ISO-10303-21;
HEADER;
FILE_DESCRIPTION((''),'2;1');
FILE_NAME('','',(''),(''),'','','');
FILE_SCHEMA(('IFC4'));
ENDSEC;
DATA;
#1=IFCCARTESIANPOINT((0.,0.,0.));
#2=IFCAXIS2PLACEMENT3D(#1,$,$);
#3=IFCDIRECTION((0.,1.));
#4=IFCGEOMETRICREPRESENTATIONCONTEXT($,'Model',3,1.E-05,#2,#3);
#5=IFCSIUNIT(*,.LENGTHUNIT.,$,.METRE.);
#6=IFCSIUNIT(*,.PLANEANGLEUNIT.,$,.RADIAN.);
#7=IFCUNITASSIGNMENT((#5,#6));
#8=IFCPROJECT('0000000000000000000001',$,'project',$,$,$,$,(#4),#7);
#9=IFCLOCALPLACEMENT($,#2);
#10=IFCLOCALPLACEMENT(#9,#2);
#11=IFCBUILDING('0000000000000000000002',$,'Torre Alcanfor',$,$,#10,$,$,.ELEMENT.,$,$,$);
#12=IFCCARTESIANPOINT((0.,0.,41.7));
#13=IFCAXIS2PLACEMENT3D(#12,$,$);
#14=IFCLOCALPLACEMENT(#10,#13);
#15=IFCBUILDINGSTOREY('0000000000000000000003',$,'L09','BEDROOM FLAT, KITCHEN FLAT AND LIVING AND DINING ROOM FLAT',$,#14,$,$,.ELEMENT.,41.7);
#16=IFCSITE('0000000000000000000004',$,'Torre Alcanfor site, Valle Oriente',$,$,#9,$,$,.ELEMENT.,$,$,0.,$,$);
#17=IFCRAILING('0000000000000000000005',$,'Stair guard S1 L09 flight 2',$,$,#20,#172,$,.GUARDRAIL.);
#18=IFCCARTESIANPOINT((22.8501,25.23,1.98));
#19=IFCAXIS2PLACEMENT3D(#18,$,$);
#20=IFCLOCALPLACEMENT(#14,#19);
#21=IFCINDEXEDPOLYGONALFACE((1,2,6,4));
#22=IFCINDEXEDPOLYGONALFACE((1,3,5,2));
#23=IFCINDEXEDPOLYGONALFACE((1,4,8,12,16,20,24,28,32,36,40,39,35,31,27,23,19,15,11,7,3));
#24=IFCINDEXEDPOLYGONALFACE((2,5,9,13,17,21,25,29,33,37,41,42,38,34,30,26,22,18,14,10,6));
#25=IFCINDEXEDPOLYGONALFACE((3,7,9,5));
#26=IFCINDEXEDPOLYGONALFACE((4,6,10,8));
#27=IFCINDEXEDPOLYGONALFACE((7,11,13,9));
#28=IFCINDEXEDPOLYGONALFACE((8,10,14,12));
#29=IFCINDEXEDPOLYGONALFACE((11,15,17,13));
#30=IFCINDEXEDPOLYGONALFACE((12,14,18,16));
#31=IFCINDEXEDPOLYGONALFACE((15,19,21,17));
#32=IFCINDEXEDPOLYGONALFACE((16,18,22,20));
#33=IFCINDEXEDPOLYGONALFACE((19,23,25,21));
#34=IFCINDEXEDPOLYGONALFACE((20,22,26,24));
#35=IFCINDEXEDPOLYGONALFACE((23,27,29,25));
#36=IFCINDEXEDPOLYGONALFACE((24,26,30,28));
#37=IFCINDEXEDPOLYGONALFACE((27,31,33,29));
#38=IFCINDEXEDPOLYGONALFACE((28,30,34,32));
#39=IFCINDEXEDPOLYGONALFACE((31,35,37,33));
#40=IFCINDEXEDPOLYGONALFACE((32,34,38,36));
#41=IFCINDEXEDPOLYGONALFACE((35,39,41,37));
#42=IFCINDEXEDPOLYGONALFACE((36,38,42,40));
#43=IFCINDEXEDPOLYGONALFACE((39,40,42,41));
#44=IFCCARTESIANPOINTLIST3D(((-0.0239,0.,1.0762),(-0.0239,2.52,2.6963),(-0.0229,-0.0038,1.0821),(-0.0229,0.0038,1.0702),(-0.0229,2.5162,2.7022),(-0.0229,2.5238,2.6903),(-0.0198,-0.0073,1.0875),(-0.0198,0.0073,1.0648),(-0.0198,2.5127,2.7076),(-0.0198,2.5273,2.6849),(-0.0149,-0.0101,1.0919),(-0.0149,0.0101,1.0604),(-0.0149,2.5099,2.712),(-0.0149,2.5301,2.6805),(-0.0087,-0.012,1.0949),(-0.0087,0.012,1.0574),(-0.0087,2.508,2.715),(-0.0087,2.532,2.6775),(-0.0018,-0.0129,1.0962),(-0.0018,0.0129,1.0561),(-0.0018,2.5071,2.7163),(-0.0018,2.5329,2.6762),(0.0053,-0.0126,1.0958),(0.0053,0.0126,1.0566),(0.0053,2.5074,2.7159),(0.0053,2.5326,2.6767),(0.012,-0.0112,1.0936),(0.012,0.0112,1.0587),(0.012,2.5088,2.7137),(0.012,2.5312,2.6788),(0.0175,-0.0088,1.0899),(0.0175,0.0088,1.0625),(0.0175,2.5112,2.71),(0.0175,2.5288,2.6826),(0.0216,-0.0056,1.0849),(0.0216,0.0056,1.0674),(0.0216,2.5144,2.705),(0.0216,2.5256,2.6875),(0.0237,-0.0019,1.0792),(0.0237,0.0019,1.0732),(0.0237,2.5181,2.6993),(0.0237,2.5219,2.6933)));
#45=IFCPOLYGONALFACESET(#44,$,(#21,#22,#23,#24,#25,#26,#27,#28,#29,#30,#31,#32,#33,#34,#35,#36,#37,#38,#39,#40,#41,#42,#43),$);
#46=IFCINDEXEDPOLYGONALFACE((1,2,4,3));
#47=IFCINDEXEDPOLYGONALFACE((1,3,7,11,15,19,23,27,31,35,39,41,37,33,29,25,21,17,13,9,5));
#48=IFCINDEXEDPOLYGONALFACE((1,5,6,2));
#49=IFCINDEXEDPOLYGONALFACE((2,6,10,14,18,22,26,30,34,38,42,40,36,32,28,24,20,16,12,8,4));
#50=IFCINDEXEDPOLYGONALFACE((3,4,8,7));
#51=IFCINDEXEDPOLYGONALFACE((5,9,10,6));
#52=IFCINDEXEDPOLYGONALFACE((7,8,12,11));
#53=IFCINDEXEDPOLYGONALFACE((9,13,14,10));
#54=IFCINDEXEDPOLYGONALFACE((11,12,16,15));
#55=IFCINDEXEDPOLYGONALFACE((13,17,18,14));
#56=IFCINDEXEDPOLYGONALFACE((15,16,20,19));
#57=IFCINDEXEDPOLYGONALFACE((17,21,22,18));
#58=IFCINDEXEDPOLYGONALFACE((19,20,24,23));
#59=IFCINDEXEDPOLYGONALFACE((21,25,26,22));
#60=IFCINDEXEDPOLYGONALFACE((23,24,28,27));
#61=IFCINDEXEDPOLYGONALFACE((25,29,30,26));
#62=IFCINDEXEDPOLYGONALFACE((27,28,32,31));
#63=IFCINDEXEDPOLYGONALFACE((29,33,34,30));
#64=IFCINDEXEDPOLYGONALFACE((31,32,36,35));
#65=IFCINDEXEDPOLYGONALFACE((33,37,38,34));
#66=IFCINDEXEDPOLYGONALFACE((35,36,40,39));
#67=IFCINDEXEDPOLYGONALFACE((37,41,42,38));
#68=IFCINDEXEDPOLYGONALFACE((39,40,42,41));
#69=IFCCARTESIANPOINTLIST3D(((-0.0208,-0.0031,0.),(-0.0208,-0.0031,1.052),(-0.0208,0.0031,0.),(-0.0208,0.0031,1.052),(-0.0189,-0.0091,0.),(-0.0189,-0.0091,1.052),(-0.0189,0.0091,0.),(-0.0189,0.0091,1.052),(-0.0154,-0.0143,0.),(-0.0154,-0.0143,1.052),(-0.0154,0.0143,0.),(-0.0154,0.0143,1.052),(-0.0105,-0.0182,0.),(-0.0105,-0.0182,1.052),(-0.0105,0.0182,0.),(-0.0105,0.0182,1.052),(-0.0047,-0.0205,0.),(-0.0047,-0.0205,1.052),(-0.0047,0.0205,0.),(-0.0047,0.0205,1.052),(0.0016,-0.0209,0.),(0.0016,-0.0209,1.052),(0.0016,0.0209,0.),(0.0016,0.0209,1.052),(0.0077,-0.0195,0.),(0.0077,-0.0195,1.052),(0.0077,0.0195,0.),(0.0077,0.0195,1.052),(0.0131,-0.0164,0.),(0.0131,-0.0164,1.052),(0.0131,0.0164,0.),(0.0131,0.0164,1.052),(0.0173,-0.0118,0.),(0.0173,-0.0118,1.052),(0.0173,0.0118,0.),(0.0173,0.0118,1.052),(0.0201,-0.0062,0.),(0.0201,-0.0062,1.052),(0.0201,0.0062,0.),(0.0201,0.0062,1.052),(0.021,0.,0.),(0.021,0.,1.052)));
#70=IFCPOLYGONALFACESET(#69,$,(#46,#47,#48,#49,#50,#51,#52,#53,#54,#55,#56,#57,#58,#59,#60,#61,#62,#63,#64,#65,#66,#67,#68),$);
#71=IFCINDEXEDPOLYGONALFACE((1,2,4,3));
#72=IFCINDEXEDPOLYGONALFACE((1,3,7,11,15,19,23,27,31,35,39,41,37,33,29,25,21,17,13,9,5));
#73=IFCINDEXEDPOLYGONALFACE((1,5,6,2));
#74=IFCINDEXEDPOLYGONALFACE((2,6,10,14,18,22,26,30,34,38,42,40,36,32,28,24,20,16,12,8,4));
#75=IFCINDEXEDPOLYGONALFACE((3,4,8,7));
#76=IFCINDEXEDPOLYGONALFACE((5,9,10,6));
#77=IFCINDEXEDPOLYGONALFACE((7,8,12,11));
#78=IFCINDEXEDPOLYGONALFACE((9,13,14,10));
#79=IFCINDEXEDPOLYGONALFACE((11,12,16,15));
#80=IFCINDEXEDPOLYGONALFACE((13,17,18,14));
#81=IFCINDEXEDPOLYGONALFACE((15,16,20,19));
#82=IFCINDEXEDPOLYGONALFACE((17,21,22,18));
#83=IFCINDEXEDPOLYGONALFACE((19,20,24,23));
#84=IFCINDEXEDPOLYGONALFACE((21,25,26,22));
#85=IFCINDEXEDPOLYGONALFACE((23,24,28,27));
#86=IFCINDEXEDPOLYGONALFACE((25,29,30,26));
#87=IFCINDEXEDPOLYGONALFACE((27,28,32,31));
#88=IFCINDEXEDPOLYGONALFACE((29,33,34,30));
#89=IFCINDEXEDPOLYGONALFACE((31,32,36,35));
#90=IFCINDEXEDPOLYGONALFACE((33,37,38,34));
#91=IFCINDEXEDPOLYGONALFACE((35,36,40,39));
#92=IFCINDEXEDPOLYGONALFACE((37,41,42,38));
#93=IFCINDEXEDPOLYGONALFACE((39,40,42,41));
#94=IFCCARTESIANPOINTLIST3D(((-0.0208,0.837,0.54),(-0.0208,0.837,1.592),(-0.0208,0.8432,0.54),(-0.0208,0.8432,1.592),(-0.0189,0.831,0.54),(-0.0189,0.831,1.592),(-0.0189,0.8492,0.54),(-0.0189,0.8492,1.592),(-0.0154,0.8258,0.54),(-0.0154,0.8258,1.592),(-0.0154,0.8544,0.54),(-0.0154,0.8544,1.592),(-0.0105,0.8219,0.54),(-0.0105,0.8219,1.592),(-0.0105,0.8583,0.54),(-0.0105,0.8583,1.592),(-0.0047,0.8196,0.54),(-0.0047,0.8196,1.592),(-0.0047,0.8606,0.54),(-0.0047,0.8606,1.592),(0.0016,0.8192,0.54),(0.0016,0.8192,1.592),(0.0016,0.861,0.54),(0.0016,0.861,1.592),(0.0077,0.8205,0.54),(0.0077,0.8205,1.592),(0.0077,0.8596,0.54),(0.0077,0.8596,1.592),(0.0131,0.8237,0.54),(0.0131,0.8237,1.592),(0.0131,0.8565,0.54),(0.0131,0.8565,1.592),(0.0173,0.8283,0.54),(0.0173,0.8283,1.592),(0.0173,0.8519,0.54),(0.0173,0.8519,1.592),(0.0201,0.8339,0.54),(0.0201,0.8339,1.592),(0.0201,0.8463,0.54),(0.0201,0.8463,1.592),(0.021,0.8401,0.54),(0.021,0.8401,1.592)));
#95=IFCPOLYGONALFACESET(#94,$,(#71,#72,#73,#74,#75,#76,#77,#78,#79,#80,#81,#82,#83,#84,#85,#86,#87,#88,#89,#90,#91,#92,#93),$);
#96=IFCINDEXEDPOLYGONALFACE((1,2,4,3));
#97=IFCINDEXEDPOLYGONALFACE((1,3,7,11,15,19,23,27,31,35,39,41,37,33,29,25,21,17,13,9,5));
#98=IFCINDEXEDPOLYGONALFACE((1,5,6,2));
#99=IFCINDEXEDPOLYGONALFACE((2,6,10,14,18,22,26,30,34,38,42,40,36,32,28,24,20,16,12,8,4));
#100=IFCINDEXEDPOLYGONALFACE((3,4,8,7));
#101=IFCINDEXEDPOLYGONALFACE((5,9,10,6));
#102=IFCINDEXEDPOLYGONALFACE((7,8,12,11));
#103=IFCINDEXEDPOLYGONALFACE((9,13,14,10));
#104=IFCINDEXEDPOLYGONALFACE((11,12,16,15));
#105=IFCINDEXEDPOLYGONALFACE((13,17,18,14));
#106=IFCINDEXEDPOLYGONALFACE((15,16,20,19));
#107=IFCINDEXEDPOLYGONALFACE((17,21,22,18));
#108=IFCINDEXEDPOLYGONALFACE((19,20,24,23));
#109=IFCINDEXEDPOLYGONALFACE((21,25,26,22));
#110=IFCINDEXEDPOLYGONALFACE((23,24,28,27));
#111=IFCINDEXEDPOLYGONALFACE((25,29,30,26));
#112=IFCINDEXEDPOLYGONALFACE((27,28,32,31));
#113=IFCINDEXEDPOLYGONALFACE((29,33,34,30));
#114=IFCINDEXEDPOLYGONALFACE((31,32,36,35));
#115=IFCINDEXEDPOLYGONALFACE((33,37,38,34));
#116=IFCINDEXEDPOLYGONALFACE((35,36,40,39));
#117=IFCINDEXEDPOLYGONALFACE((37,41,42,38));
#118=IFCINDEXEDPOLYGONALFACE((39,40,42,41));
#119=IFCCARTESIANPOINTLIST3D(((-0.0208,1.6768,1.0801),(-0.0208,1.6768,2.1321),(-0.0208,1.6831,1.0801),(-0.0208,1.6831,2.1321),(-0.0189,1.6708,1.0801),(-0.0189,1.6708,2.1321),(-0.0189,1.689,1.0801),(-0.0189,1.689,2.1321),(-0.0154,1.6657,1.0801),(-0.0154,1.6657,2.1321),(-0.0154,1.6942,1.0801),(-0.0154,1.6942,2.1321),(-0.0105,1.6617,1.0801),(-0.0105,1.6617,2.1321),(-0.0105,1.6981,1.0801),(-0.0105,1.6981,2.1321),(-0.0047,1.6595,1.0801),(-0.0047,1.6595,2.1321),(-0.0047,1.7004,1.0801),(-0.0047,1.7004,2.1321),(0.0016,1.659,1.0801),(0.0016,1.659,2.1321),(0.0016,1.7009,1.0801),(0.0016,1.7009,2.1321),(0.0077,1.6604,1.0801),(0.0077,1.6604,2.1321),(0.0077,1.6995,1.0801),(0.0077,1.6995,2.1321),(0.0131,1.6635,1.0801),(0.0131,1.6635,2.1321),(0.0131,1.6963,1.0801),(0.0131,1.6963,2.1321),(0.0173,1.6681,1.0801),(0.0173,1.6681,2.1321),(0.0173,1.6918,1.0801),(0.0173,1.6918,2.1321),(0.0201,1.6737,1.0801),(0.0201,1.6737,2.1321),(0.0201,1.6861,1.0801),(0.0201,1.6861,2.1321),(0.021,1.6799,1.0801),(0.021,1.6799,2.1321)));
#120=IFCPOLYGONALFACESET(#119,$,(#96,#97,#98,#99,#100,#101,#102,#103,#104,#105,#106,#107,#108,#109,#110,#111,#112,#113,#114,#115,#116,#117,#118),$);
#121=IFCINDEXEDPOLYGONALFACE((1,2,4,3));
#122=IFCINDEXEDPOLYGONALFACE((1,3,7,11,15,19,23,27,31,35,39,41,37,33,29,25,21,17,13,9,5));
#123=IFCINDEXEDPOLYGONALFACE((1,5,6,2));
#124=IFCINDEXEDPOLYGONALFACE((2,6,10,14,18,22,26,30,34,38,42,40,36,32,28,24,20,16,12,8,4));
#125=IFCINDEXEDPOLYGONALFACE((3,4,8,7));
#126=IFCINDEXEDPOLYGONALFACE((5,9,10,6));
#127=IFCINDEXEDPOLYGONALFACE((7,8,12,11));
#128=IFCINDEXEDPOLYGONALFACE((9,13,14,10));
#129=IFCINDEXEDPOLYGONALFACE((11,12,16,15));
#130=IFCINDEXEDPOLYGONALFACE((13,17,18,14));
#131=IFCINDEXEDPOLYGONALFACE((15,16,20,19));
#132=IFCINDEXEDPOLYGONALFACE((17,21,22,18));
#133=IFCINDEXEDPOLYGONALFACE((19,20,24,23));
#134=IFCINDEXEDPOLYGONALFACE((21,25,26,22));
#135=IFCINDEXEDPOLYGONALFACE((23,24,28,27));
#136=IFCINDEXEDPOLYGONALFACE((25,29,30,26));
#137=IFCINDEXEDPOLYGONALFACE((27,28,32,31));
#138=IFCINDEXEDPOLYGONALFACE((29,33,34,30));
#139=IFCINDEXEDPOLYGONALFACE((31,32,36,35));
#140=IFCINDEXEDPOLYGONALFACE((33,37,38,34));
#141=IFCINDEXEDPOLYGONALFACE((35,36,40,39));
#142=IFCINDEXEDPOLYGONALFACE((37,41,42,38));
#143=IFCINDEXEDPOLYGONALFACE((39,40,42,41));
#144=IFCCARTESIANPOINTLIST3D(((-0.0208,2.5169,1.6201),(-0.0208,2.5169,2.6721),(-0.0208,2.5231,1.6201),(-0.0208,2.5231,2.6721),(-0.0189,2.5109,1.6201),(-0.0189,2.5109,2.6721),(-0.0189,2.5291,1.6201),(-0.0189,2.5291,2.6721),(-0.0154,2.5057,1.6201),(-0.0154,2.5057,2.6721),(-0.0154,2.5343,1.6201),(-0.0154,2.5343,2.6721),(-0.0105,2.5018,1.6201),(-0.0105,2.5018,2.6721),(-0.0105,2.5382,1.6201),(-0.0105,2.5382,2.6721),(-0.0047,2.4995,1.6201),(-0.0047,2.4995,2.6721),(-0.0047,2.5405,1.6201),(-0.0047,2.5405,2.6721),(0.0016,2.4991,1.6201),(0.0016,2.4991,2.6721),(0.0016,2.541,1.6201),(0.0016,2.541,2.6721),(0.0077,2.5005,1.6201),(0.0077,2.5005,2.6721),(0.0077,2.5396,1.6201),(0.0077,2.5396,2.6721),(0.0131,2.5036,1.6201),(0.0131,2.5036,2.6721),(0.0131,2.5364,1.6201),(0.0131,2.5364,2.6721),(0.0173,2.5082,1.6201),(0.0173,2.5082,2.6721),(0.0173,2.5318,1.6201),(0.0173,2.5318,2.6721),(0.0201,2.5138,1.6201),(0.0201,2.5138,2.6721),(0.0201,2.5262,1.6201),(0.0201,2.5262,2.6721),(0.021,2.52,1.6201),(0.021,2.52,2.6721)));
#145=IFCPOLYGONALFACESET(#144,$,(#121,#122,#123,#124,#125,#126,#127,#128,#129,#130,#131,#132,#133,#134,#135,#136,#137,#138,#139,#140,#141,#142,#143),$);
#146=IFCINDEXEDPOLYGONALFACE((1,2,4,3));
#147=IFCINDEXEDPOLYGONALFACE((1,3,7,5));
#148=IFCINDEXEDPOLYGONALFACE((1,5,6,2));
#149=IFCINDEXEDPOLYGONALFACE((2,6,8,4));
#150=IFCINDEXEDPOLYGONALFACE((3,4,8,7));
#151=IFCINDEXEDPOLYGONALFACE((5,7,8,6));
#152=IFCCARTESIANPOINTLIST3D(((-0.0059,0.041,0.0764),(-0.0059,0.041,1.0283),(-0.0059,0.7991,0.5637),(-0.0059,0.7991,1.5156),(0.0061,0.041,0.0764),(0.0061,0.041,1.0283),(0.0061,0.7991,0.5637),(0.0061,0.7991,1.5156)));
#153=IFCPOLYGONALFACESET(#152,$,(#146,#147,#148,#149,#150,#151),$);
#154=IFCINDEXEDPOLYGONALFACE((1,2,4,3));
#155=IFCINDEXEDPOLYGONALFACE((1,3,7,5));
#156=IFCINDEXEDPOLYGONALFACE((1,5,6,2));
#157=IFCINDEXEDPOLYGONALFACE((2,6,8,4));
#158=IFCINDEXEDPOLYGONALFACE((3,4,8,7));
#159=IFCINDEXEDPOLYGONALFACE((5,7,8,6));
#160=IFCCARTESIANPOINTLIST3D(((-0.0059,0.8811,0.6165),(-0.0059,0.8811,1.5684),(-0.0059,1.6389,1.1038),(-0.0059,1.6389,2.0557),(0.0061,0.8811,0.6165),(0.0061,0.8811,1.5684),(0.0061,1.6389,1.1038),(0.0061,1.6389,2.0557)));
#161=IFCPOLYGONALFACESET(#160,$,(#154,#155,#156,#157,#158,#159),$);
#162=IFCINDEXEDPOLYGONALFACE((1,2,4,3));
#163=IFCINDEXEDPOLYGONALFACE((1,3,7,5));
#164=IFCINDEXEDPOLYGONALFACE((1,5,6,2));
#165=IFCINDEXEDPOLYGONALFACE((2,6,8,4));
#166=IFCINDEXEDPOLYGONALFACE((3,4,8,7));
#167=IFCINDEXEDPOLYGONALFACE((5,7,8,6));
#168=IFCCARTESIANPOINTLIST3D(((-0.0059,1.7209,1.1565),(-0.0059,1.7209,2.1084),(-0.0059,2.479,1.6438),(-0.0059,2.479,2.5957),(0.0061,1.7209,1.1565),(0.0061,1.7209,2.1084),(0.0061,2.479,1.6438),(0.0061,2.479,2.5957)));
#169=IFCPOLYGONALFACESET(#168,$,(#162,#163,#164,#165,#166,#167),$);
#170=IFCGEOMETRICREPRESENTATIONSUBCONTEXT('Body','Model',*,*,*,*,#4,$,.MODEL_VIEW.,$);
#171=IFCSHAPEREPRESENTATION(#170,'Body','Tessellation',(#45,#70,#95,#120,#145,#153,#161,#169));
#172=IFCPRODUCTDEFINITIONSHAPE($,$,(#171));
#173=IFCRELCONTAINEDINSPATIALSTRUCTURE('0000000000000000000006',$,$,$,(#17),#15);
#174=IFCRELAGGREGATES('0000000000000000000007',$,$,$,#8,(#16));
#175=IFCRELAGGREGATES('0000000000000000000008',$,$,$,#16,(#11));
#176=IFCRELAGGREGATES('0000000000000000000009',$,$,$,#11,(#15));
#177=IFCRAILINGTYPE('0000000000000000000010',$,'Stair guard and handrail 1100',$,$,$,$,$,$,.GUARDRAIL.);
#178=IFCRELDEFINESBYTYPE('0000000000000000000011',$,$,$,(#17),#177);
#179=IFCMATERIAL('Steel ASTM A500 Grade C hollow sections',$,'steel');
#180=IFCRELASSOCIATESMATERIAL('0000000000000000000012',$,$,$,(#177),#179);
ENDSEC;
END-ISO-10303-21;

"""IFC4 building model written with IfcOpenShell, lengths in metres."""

from ifc_helpers import new_model, si_unit, direction, frame, origin, origin_2d, place, context, subcontext, project, spatial, polyline, circle, outline, extrude, material, type_object, element, save


model = new_model("IFC4")

# Units and contexts
model_context = context("Model", 3, precision=1e-05, world=origin(), true_north=direction((0.0, 1.0)))
body_context = subcontext(model_context, "Body", "Model", "MODEL_VIEW")
ifc_project = project(units=[si_unit("LENGTHUNIT", "METRE"), si_unit("PLANEANGLEUNIT", "RADIAN")], contexts=[model_context])

# Site, building, storey
site_placement = place(None, origin())
site = spatial("IfcSite", under=ifc_project, at=site_placement, Name="Torre Alcanfor site, Valle Oriente", CompositionType="ELEMENT", RefElevation=0.0)
building_placement = place(site_placement, origin())
building = spatial("IfcBuilding", under=site, at=building_placement, Name="Torre Alcanfor", CompositionType="ELEMENT")
storey_placement = place(building_placement, frame((0.0, 0.0, 41.7)))
storey = spatial("IfcBuildingStorey", under=building, at=storey_placement, Name="L09", Description="BEDROOM FLAT, KITCHEN FLAT AND LIVING AND DINING ROOM FLAT", CompositionType="ELEMENT", Elevation=41.7)

# Railing
ifc_material_1 = material(Name="Steel ASTM A500 Grade C hollow sections", Category="steel")
railing_type_1 = type_object("IfcRailingType", Name="Stair guard and handrail 1100", PredefinedType="GUARDRAIL", material=ifc_material_1)
railing_1_placement = place(storey_placement, frame((22.8501, 25.23, 1.98)))
element("IfcRailing", 1, at=railing_1_placement, inside=storey, type_object=railing_type_1, Name="Stair guard S1 L09 flight 2", PredefinedType="GUARDRAIL", context=body_context, shape_type="SweptSolid", body=[
    extrude(circle(Radius=0.0239, at=origin_2d()), frame((0.0, 0.0, 1.0762), z_axis=(0.0, 0.841163, 0.540782), x_axis=(-1.0, 0.0, 0.0)), (0.0, 0.0, 1.0), 2.9958),
    extrude(circle(Radius=0.021, at=origin_2d()), origin(), (0.0, 0.0, 1.0), 1.052),
    extrude(circle(Radius=0.021, at=origin_2d()), frame((0.0, 0.8401, 0.54)), (0.0, 0.0, 1.0), 1.052),
    extrude(circle(Radius=0.021, at=origin_2d()), frame((0.0, 1.6799, 1.0801)), (0.0, 0.0, 1.0), 1.052),
    extrude(circle(Radius=0.021, at=origin_2d()), frame((0.0, 2.52, 1.6201)), (0.0, 0.0, 1.0), 1.052),
    extrude(outline(polyline([(0.041, 0.0764), (0.7991, 0.5637), (0.7991, 1.5156), (0.041, 1.0283), (0.041, 0.0764)])), frame((-0.0059, 0.0, 0.0), z_axis=(1.0, 0.0, 0.0), x_axis=(0.0, 1.0, 0.0)), (0.0, 0.0, 1.0), 0.012),
    extrude(outline(polyline([(0.8811, 0.6165), (1.6389, 1.1038), (1.6389, 2.0557), (0.8811, 1.5684), (0.8811, 0.6165)])), frame((-0.0059, 0.0, 0.0), z_axis=(1.0, 0.0, 0.0), x_axis=(0.0, 1.0, 0.0)), (0.0, 0.0, 1.0), 0.012),
    extrude(outline(polyline([(1.7209, 1.1565), (2.479, 1.6438), (2.479, 2.5957), (1.7209, 2.1084), (1.7209, 1.1565)])), frame((-0.0059, 0.0, 0.0), z_axis=(1.0, 0.0, 0.0), x_axis=(0.0, 1.0, 0.0)), (0.0, 0.0, 1.0), 0.012),
])

save(model, "model.ifc")
